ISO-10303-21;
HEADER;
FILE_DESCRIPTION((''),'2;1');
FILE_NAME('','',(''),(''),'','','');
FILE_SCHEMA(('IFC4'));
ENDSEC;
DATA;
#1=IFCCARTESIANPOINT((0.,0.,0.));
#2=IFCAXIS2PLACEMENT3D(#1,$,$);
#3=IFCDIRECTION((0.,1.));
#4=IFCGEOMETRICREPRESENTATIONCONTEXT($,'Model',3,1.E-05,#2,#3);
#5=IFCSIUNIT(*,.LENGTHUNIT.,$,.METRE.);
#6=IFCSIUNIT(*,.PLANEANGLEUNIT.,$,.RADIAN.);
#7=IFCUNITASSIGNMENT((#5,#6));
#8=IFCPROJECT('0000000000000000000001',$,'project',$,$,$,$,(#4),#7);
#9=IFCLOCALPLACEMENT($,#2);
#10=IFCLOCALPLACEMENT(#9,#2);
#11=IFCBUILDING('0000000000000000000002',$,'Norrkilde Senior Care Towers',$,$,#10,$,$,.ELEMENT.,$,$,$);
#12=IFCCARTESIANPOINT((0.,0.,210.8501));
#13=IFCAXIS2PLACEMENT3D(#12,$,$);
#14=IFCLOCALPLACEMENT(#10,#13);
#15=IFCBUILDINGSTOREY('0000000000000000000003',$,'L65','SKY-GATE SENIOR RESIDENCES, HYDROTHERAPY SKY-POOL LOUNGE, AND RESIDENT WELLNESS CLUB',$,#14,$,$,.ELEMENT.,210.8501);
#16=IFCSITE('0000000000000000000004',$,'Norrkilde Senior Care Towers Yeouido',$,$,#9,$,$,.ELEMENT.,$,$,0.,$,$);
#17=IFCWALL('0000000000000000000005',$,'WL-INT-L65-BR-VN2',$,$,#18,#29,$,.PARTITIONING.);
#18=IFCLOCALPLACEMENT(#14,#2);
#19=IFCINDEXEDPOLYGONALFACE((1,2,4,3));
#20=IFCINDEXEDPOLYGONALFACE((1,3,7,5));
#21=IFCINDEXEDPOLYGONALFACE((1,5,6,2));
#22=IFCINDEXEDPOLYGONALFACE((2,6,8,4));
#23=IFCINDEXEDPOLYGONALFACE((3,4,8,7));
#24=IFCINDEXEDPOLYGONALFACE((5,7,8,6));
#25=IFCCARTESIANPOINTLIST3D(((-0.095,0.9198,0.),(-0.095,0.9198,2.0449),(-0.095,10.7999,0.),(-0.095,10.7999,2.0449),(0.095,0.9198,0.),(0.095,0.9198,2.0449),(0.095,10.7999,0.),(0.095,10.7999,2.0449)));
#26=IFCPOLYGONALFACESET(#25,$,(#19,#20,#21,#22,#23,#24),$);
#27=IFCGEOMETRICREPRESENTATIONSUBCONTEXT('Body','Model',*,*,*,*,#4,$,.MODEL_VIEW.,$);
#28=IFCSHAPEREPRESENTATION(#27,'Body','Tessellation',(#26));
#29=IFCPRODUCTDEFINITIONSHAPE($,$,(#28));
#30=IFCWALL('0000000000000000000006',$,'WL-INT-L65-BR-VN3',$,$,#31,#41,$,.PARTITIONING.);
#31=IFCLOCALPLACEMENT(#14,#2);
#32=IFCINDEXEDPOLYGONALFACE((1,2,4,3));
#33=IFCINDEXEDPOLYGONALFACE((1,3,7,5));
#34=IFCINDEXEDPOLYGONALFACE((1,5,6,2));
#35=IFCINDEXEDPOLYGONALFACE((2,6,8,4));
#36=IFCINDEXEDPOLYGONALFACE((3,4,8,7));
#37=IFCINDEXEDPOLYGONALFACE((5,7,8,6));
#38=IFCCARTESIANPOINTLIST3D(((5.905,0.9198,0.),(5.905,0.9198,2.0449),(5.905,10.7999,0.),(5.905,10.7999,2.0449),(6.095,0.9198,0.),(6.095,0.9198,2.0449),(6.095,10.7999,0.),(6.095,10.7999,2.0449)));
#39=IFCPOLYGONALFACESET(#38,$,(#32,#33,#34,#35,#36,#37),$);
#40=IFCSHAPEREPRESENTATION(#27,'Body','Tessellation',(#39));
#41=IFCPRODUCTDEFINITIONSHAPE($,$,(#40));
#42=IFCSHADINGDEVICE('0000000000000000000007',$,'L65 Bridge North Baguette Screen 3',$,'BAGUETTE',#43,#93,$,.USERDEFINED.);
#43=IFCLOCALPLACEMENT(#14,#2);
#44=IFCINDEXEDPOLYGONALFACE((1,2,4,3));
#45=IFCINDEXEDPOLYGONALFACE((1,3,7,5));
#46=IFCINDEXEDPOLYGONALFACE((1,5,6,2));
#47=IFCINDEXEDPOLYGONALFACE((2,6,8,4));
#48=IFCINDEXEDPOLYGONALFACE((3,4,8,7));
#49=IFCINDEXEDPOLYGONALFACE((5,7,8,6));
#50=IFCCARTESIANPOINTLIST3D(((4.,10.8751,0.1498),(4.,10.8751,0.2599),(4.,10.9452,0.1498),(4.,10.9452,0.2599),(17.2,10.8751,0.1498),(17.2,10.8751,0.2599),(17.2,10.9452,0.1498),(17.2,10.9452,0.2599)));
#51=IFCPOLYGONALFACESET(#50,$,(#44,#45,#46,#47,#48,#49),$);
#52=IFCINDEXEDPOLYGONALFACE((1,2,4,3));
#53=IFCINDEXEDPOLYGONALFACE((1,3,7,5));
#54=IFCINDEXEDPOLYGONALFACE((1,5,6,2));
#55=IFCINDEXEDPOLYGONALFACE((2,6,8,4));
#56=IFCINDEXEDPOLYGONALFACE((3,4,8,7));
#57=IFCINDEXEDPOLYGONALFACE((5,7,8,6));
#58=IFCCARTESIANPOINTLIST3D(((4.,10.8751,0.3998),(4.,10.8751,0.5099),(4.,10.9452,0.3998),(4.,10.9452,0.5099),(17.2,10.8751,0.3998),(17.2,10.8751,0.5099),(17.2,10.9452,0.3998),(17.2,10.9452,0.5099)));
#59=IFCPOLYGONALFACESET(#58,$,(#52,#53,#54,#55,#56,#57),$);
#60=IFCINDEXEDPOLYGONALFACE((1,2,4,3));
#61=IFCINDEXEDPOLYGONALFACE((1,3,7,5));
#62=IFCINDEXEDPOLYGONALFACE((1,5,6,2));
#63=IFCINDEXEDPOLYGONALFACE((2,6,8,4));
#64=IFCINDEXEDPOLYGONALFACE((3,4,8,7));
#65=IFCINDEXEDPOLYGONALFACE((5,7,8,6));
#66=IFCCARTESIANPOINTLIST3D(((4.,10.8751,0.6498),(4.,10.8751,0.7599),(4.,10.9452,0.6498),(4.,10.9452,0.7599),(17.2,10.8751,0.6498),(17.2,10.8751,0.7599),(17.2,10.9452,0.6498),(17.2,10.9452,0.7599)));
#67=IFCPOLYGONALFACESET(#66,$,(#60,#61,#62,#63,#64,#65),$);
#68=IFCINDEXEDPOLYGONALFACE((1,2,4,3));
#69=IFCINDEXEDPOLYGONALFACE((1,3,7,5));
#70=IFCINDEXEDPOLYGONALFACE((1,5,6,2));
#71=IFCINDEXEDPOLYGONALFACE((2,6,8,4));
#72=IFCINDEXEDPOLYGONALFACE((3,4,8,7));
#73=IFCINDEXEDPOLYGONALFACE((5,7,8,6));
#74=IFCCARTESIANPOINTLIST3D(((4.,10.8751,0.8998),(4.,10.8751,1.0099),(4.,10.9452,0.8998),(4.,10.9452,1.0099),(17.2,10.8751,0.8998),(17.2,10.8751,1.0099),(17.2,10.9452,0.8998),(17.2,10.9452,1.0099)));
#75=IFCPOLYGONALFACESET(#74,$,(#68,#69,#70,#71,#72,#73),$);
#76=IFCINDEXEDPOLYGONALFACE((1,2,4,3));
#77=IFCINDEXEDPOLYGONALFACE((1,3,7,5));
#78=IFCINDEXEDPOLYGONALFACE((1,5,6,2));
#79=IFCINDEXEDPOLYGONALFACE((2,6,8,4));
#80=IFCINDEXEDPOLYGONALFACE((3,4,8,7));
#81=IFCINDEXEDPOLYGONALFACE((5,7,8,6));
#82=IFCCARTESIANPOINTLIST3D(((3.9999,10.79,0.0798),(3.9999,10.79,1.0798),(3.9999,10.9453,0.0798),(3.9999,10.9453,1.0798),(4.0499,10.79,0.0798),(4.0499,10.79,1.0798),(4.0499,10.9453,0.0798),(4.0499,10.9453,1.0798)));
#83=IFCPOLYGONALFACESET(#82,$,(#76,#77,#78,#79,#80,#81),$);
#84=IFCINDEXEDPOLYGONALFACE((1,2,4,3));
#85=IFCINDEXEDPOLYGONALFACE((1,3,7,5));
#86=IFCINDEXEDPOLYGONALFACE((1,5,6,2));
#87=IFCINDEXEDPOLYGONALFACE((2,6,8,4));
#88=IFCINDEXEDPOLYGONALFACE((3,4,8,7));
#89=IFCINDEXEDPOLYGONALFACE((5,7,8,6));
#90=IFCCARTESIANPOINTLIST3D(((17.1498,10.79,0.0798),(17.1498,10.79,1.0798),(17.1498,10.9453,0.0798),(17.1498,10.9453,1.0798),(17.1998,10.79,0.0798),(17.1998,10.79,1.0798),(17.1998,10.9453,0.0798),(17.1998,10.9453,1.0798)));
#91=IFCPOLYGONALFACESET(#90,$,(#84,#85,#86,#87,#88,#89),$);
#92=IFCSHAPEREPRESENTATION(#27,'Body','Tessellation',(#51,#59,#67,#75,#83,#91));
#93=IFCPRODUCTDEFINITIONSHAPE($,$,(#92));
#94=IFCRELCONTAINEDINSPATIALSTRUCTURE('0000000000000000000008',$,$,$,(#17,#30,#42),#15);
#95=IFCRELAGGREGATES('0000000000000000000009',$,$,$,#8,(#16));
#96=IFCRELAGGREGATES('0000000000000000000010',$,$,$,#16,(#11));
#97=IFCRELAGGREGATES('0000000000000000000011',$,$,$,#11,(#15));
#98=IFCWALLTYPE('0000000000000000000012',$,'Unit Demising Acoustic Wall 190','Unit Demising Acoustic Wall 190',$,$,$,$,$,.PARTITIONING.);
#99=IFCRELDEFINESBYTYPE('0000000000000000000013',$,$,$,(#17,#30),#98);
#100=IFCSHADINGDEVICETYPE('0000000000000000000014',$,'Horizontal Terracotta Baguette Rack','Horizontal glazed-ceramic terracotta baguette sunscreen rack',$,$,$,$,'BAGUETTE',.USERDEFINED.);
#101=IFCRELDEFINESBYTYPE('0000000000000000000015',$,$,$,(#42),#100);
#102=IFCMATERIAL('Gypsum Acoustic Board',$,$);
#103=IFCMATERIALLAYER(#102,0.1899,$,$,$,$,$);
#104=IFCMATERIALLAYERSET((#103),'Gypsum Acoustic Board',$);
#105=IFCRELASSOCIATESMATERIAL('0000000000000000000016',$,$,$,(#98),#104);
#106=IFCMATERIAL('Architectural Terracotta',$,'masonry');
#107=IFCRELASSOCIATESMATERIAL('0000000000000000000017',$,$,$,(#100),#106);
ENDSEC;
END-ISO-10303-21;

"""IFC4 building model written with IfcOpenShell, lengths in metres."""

from ifc_helpers import new_model, si_unit, direction, frame, frame_2d, origin, origin_2d, place, context, subcontext, project, spatial, rectangle, extrude, source, transform, mapped, material, layer, layer_set, type_object, type_shapes, element, save


model = new_model("IFC4")

# Units and contexts
model_context = context("Model", 3, precision=1e-05, world=origin(), true_north=direction((0.0, 1.0)))
body_context = subcontext(model_context, "Body", "Model", "MODEL_VIEW")
ifc_project = project(units=[si_unit("LENGTHUNIT", "METRE"), si_unit("PLANEANGLEUNIT", "RADIAN")], contexts=[model_context])

# Site, building, storey
site_placement = place(None, origin())
site = spatial("IfcSite", under=ifc_project, at=site_placement, Name="Norrkilde Senior Care Towers Yeouido", CompositionType="ELEMENT", RefElevation=0.0)
building_placement = place(site_placement, origin())
building = spatial("IfcBuilding", under=site, at=building_placement, Name="Norrkilde Senior Care Towers", CompositionType="ELEMENT")
storey_placement = place(building_placement, frame((0.0, 0.0, 210.8501)))
storey = spatial("IfcBuildingStorey", under=building, at=storey_placement, Name="L65", Description="SKY-GATE SENIOR RESIDENCES, HYDROTHERAPY SKY-POOL LOUNGE, AND RESIDENT WELLNESS CLUB", CompositionType="ELEMENT", Elevation=210.8501)

# Walls
ifc_material_1 = material(Name="Gypsum Acoustic Board")
ifc_layer_1 = layer(ifc_material_1, 0.1899)
ifc_layer_set_1 = layer_set([ifc_layer_1], Name="Gypsum Acoustic Board")
wall_type = type_object("IfcWallType", Name="Unit Demising Acoustic Wall 190", Description="Unit Demising Acoustic Wall 190", PredefinedType="PARTITIONING", material=ifc_layer_set_1)
shared_shape_1 = source(origin(), body_context, "Body", "SweptSolid", [
    extrude(rectangle(XDim=9.8801, YDim=0.1899, at=frame_2d((4.9399, 0.0))), origin(), (0.0, 0.0, 1.0), 2.0449),
])
for number, where, z_axis, x_axis, name in (
    (1, (0.0, 0.9199, 0.0), (0.0, 0.0, 1.0), (0.0, 1.0, 0.0), "WL-INT-L65-BR-VN2"),
    (2, (6.0, 0.9199, 0.0), (0.0, 0.0, 1.0), (0.0, 1.0, 0.0), "WL-INT-L65-BR-VN3"),
):
    element("IfcWall", number, at=place(storey_placement, frame(where, z_axis=z_axis, x_axis=x_axis)), inside=storey, type_object=wall_type, Name=name, PredefinedType="PARTITIONING", context=body_context, shape_type="MappedRepresentation", body=[
        mapped(shared_shape_1, transform((0.0, 0.0, 0.0), x_axis=(1.0, 0.0, 0.0), y_axis=(0.0, 1.0, 0.0), z_axis=(0.0, 0.0, 1.0), scale=1.0)),
    ])

# Shading device
ifc_material_2 = material(Name="Architectural Terracotta", Category="masonry")
shading_device_type = type_object("IfcShadingDeviceType", Name="Horizontal Terracotta Baguette Rack", Description="Horizontal glazed-ceramic terracotta baguette sunscreen rack", ElementType="BAGUETTE", PredefinedType="USERDEFINED", material=ifc_material_2)
shared_shape_2 = source(origin(), body_context, "Body", "SweptSolid", [
    extrude(rectangle(XDim=0.0701, YDim=0.1101, at=origin_2d()), frame((0.0, 0.0901, 0.125), z_axis=(1.0, 0.0, 0.0), x_axis=(0.0, 1.0, 0.0)), (0.0, 0.0, 1.0), 13.2),
    extrude(rectangle(XDim=0.0701, YDim=0.1101, at=origin_2d()), frame((0.0, 0.0901, 0.375), z_axis=(1.0, 0.0, 0.0), x_axis=(0.0, 1.0, 0.0)), (0.0, 0.0, 1.0), 13.2),
    extrude(rectangle(XDim=0.0701, YDim=0.1101, at=origin_2d()), frame((0.0, 0.0901, 0.625), z_axis=(1.0, 0.0, 0.0), x_axis=(0.0, 1.0, 0.0)), (0.0, 0.0, 1.0), 13.2),
    extrude(rectangle(XDim=0.0701, YDim=0.1101, at=origin_2d()), frame((0.0, 0.0901, 0.875), z_axis=(1.0, 0.0, 0.0), x_axis=(0.0, 1.0, 0.0)), (0.0, 0.0, 1.0), 13.2),
    extrude(rectangle(XDim=0.05, YDim=0.1553, at=origin_2d()), frame((0.0249, 0.0476, 0.0)), (0.0, 0.0, 1.0), 1.0),
    extrude(rectangle(XDim=0.05, YDim=0.1553, at=origin_2d()), frame((13.1748, 0.0476, 0.0)), (0.0, 0.0, 1.0), 1.0),
])
type_shapes(shading_device_type, [shared_shape_2])
shading_device_placement = place(storey_placement, frame((4.0, 10.8201, 0.0798), z_axis=(0.0, 0.0, 1.0), x_axis=(1.0, 0.0, 0.0)))
element("IfcShadingDevice", 3, at=shading_device_placement, inside=storey, type_object=shading_device_type, Name="L65 Bridge North Baguette Screen 3", ObjectType="BAGUETTE", PredefinedType="USERDEFINED", context=body_context, shape_type="MappedRepresentation", body=[
    mapped(shared_shape_2, transform((0.0, 0.0, 0.0), x_axis=(1.0, 0.0, 0.0), y_axis=(0.0, 1.0, 0.0), z_axis=(0.0, 0.0, 1.0), scale=1.0)),
])

save(model, "model.ifc")
